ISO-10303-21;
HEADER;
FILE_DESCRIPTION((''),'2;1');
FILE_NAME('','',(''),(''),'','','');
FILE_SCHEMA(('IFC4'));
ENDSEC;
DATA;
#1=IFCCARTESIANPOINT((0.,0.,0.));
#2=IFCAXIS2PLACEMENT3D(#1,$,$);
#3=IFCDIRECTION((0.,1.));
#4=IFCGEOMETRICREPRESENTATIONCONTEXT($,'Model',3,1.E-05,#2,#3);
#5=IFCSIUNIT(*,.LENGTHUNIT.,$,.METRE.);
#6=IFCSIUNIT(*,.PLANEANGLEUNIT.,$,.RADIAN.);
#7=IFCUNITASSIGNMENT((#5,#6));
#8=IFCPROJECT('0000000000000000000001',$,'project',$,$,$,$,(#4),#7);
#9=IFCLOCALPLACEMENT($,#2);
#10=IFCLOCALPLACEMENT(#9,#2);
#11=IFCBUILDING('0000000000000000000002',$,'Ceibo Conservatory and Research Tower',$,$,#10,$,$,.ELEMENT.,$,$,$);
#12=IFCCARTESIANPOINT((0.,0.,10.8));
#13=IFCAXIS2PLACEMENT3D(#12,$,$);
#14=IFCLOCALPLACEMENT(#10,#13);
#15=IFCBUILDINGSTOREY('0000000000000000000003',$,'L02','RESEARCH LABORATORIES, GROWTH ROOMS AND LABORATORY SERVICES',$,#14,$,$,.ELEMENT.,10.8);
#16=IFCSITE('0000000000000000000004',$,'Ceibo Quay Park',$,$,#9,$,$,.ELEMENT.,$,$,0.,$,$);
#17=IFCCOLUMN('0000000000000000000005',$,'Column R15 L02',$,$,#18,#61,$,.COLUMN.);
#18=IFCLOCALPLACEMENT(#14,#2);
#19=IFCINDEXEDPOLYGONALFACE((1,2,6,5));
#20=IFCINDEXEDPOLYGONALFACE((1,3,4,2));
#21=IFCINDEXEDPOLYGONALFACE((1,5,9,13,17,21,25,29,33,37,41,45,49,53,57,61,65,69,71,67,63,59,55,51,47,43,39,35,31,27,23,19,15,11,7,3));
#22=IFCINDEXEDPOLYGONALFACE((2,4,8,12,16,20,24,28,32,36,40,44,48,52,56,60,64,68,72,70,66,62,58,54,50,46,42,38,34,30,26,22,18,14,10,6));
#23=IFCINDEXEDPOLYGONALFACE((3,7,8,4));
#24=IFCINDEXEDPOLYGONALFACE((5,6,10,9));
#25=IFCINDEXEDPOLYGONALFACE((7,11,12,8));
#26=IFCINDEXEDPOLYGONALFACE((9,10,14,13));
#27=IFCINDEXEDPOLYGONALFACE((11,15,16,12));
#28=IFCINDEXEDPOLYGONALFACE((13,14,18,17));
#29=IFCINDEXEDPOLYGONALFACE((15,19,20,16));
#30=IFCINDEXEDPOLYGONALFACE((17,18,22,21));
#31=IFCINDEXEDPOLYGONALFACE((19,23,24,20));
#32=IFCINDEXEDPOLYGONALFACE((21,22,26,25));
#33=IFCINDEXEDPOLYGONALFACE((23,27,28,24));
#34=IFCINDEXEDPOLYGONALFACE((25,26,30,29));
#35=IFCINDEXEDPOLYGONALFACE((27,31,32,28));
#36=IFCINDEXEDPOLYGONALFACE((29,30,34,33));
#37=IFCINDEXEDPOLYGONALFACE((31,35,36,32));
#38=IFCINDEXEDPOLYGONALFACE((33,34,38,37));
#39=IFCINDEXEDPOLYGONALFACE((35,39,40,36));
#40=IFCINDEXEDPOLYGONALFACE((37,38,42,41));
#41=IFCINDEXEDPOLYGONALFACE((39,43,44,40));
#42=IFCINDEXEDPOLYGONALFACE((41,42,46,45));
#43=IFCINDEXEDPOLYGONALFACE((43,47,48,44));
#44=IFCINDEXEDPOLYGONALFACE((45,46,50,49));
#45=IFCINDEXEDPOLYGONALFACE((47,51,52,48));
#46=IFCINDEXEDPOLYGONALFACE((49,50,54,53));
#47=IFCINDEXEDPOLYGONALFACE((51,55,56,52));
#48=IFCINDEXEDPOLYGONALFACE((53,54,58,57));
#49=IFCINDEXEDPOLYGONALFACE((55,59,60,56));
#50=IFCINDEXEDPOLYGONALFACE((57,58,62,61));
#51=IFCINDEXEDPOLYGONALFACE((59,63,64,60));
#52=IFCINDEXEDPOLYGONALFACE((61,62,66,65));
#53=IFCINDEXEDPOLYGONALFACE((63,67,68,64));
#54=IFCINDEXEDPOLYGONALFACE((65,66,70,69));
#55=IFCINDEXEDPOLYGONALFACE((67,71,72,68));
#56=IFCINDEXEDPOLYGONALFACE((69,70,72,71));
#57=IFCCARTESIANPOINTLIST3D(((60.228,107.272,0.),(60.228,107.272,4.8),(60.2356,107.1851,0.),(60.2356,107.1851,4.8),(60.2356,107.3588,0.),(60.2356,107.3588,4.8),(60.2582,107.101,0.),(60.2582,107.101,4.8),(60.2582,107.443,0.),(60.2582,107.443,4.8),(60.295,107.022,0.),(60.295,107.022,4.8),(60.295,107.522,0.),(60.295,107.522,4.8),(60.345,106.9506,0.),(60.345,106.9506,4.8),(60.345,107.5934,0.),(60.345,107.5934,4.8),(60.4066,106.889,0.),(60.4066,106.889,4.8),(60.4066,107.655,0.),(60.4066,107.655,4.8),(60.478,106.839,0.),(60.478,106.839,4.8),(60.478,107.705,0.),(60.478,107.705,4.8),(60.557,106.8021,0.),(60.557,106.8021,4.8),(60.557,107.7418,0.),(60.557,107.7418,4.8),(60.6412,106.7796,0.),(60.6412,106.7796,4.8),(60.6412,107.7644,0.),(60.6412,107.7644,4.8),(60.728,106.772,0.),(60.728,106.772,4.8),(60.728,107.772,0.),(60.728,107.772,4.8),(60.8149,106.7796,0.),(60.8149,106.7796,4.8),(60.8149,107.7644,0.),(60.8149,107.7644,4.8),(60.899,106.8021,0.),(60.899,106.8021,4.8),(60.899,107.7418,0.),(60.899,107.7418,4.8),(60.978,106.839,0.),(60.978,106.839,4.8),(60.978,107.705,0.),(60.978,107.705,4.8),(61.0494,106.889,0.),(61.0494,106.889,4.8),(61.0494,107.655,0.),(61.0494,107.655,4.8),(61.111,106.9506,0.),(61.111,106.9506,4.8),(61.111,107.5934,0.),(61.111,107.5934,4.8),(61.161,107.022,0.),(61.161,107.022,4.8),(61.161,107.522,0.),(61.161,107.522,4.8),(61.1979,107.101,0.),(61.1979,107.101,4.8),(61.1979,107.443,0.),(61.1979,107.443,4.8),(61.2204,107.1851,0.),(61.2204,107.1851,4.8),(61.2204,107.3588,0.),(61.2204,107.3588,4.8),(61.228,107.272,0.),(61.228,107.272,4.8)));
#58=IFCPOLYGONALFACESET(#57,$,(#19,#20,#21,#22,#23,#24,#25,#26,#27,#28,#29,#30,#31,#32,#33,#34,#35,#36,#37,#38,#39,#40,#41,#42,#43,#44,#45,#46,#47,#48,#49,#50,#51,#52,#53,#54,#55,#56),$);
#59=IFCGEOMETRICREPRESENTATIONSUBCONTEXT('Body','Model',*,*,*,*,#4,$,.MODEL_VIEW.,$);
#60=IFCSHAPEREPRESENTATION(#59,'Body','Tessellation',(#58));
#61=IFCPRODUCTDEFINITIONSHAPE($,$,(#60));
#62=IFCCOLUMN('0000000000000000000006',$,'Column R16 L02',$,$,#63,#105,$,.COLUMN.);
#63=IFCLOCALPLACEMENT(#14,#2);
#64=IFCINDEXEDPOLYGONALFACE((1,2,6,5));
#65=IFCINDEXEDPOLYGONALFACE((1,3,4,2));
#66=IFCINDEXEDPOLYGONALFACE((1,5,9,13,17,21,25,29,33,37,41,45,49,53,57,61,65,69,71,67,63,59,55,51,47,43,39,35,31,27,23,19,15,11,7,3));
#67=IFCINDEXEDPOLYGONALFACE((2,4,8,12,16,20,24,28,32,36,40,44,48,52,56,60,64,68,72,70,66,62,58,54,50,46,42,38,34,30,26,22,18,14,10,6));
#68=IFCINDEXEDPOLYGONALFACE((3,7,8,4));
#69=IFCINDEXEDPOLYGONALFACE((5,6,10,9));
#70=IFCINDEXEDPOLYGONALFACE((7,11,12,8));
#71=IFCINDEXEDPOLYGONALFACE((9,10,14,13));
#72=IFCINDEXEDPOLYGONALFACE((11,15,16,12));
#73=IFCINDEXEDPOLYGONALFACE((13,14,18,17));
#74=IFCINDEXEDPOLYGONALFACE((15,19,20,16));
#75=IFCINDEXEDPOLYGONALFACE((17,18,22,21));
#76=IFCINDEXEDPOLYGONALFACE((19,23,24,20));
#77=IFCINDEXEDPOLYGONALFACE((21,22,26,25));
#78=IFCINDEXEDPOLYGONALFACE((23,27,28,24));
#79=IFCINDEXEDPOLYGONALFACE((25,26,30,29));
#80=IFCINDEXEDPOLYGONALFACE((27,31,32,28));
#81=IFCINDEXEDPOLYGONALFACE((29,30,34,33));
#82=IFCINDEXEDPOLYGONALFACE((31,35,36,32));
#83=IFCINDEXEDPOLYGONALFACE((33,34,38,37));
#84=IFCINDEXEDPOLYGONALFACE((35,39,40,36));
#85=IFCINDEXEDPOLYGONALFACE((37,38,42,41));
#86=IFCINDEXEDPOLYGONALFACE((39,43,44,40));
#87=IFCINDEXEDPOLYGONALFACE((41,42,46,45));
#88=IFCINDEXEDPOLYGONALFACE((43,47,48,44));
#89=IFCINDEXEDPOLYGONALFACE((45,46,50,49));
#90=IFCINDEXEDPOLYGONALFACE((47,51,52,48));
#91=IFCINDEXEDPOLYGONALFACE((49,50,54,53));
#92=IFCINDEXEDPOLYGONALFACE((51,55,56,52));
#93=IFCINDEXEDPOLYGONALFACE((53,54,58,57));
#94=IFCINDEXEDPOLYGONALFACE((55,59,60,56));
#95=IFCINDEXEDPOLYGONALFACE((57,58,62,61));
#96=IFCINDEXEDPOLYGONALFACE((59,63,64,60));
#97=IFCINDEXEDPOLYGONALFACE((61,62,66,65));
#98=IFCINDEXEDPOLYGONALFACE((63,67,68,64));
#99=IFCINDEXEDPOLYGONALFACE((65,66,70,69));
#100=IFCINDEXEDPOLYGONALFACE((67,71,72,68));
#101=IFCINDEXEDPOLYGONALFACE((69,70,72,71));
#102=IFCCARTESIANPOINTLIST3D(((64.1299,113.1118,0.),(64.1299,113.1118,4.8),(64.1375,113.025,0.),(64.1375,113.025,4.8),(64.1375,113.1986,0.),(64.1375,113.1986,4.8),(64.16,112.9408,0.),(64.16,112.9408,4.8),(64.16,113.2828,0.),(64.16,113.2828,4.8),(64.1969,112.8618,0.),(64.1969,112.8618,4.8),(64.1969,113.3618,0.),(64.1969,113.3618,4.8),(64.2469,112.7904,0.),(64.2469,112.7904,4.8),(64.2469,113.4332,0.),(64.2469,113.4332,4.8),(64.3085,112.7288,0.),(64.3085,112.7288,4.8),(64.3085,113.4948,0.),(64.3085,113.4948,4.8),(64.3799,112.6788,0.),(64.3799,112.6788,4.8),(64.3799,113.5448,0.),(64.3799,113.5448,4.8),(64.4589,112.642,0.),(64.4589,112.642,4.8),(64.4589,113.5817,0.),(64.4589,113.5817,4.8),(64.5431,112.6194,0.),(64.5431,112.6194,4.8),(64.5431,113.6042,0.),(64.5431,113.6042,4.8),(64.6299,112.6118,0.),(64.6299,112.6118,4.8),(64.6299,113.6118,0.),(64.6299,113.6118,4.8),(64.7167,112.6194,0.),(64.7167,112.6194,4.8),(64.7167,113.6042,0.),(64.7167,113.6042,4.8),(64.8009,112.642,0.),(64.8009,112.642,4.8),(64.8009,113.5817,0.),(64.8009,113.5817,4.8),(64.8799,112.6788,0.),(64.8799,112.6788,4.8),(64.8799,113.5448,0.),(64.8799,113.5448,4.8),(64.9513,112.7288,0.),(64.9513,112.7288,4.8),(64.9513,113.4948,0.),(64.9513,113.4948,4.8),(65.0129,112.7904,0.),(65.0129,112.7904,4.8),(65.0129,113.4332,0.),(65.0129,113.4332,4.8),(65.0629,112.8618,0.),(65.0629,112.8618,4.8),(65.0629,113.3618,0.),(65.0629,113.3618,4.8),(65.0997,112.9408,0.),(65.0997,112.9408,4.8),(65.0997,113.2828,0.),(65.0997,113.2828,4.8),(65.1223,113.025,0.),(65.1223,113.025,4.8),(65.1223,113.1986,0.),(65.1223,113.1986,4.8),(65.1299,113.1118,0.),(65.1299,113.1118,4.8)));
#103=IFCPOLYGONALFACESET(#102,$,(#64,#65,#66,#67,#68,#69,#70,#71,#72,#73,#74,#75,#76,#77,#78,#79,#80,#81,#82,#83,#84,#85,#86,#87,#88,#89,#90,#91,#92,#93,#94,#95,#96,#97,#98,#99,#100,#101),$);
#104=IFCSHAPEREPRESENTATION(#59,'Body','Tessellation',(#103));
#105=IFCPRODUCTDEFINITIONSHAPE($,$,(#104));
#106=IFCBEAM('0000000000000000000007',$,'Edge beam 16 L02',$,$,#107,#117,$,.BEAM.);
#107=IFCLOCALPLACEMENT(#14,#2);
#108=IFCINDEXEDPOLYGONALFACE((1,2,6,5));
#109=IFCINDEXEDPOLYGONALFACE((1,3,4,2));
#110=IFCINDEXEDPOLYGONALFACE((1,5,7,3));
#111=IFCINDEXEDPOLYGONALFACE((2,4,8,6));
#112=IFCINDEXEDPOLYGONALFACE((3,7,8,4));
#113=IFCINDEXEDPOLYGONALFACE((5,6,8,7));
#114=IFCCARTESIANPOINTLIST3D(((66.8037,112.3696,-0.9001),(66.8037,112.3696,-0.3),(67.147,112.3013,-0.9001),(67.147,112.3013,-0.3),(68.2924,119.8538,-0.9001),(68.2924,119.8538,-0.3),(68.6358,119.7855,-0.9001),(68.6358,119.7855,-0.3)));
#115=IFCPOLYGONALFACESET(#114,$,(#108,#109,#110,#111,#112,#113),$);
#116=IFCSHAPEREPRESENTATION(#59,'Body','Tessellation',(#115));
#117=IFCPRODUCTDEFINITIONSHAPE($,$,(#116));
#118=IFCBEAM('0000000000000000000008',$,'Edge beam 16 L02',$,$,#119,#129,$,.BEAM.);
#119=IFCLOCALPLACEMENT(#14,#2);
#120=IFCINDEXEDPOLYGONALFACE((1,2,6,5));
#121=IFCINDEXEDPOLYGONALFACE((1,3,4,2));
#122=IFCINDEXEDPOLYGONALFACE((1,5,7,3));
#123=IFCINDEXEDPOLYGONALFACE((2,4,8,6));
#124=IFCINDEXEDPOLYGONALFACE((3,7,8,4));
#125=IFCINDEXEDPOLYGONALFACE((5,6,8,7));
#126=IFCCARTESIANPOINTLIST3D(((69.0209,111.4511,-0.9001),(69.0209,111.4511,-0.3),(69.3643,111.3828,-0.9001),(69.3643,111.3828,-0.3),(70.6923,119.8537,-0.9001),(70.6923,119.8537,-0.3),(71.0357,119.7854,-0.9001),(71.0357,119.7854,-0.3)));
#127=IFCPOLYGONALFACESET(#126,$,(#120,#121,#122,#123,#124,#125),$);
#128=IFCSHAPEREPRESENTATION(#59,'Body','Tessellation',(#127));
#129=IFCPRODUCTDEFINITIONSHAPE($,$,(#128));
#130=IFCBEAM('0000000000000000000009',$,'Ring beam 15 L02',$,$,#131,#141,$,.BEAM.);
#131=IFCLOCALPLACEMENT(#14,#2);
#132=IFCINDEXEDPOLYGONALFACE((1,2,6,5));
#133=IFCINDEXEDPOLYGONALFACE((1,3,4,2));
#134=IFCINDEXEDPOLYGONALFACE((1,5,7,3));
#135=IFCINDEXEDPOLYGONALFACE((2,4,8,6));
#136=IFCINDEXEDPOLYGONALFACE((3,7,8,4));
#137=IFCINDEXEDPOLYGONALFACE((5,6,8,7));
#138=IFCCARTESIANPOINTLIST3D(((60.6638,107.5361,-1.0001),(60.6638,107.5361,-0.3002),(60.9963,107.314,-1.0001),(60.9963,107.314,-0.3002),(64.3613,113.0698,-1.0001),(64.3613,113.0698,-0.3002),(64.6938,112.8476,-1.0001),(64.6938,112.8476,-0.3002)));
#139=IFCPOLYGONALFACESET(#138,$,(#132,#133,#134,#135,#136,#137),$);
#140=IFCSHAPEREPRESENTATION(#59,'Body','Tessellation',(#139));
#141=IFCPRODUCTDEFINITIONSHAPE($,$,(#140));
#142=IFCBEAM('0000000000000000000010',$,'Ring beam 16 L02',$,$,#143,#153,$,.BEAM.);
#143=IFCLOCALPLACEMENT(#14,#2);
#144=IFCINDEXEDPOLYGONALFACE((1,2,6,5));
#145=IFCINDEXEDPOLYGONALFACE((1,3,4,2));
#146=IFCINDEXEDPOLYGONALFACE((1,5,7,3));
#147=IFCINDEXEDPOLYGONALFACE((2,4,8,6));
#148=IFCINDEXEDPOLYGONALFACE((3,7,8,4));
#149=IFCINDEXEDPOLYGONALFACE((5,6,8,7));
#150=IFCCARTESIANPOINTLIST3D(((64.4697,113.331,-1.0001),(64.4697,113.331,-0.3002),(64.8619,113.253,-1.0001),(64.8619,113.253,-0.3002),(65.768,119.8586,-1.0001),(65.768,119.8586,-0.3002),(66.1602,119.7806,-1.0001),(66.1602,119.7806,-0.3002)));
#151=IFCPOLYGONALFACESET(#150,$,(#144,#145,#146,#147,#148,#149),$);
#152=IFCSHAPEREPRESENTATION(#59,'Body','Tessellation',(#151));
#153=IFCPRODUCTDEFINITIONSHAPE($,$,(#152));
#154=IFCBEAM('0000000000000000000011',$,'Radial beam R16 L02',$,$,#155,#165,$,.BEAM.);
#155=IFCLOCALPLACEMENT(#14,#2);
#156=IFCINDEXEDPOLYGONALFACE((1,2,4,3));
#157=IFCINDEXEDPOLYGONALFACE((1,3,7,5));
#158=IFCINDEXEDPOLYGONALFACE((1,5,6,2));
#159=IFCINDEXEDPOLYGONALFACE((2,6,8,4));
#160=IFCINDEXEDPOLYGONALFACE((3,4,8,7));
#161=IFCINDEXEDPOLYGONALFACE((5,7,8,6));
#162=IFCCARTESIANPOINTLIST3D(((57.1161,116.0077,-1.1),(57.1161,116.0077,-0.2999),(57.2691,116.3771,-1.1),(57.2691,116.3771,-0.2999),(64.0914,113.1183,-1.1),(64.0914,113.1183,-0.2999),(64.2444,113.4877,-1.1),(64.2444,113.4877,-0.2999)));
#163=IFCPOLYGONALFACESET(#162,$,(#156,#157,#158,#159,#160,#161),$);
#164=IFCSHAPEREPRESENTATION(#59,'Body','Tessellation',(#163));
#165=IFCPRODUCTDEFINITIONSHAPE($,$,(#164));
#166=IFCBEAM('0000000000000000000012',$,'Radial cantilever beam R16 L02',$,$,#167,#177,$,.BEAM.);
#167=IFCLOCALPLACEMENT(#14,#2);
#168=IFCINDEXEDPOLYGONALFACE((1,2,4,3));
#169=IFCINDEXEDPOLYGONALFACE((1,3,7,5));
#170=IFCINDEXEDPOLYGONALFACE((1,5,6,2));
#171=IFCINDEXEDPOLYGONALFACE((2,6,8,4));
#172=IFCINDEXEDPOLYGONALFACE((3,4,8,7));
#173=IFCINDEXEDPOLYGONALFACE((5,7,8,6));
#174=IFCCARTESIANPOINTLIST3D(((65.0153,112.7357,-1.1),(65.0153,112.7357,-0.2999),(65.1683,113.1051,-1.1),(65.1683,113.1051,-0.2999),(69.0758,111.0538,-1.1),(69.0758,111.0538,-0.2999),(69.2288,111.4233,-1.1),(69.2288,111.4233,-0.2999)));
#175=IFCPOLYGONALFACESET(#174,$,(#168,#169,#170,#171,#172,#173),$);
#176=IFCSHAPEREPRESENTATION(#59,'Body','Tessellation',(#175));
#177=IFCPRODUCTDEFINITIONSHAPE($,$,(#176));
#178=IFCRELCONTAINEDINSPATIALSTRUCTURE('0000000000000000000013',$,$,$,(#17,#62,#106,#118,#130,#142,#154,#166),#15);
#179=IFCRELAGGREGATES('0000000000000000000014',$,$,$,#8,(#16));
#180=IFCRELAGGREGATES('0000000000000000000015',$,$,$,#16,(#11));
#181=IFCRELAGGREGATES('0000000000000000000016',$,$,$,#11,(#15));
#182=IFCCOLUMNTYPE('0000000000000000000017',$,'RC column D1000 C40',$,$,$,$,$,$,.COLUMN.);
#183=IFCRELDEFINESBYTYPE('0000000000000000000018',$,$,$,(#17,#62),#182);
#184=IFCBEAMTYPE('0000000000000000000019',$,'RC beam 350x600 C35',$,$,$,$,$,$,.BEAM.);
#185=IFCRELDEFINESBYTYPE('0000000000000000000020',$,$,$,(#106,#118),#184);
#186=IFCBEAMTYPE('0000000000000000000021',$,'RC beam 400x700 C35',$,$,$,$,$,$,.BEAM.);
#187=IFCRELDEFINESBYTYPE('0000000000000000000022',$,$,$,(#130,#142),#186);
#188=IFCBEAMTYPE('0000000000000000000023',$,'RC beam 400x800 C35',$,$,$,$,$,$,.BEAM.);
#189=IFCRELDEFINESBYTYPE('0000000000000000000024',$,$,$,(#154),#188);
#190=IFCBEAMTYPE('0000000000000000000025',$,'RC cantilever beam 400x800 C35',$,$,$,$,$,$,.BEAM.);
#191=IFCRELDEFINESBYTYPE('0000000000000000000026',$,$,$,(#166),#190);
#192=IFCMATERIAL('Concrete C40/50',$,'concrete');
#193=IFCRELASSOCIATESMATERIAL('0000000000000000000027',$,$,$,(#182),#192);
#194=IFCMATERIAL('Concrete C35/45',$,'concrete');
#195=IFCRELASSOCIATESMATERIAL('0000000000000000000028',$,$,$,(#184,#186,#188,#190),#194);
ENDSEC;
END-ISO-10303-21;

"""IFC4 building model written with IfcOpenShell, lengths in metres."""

from ifc_helpers import new_model, si_unit, direction, frame, origin, origin_2d, place, context, subcontext, project, spatial, rectangle, circle, extrude, material, material_profile, profile_set, type_object, element, save


model = new_model("IFC4")

# Units and contexts
model_context = context("Model", 3, precision=1e-05, world=origin(), true_north=direction((0.0, 1.0)))
body_context = subcontext(model_context, "Body", "Model", "MODEL_VIEW")
ifc_project = project(units=[si_unit("LENGTHUNIT", "METRE"), si_unit("PLANEANGLEUNIT", "RADIAN")], contexts=[model_context])

# Site, building, storey
site_placement = place(None, origin())
site = spatial("IfcSite", under=ifc_project, at=site_placement, Name="Ceibo Quay Park", CompositionType="ELEMENT", RefElevation=0.0)
building_placement = place(site_placement, origin())
building = spatial("IfcBuilding", under=site, at=building_placement, Name="Ceibo Conservatory and Research Tower", CompositionType="ELEMENT")
storey_placement = place(building_placement, frame((0.0, 0.0, 10.8)))
storey = spatial("IfcBuildingStorey", under=building, at=storey_placement, Name="L02", Description="RESEARCH LABORATORIES, GROWTH ROOMS AND LABORATORY SERVICES", CompositionType="ELEMENT", Elevation=10.8)

# Columns
ifc_material_1 = material(Name="Concrete C40/50", Category="concrete")
ifc_material_profile_1 = material_profile(ifc_material_1, circle(Radius=0.5, at=origin_2d()), Name="RC D1000")
ifc_profile_set_1 = profile_set([ifc_material_profile_1], Name="Concrete C40/50")
column_type = type_object("IfcColumnType", Name="RC column D1000 C40", PredefinedType="COLUMN", material=ifc_profile_set_1)
for number, where, z_axis, x_axis, name in (
    (1, (60.728, 107.272, 0.0), (0.0, 0.0, 1.0), (1.0, 0.0, 0.0), "Column R15 L02"),
    (2, (64.6299, 113.1118, 0.0), (0.0, 0.0, 1.0), (1.0, 0.0, 0.0), "Column R16 L02"),
):
    element("IfcColumn", number, at=place(storey_placement, frame(where, z_axis=z_axis, x_axis=x_axis)), inside=storey, type_object=column_type, Name=name, PredefinedType="COLUMN", context=body_context, shape_type="SweptSolid", body=[
        extrude(circle(Radius=0.5, at=origin_2d()), origin(), (0.0, 0.0, 1.0), 4.8),
    ])

# Beams
ifc_material_2 = material(Name="Concrete C35/45", Category="concrete")
ifc_material_profile_2 = material_profile(ifc_material_2, rectangle(XDim=0.3501, YDim=0.6001, at=origin_2d()), Name="RC 350x600")
ifc_profile_set_2 = profile_set([ifc_material_profile_2], Name="Concrete C35/45")
beam_type_1 = type_object("IfcBeamType", Name="RC beam 350x600 C35", PredefinedType="BEAM", material=ifc_profile_set_2)
beam_1_placement = place(storey_placement, frame((66.9753, 112.3354, -0.6001), z_axis=(0.195101, 0.980783, 0.0), x_axis=(-0.980783, 0.195101, 0.0)))
element("IfcBeam", 3, at=beam_1_placement, inside=storey, type_object=beam_type_1, Name="Edge beam 16 L02", PredefinedType="BEAM", context=body_context, shape_type="SweptSolid", body=[
    extrude(rectangle(XDim=0.3501, YDim=0.6001, at=origin_2d()), origin(), (0.0, 0.0, 1.0), 7.6309),
])
beam_2_placement = place(storey_placement, frame((69.1926, 111.417, -0.6001), z_axis=(0.195091, 0.980785, 0.0), x_axis=(-0.980785, 0.195091, 0.0)))
element("IfcBeam", 4, at=beam_2_placement, inside=storey, type_object=beam_type_1, Name="Edge beam 16 L02", PredefinedType="BEAM", context=body_context, shape_type="SweptSolid", body=[
    extrude(rectangle(XDim=0.3501, YDim=0.6001, at=origin_2d()), origin(), (0.0, 0.0, 1.0), 8.5671),
])
ifc_material_profile_3 = material_profile(ifc_material_2, rectangle(XDim=0.3999, YDim=0.7, at=origin_2d()), Name="RC 400x700")
ifc_profile_set_3 = profile_set([ifc_material_profile_3], Name="Concrete C35/45")
beam_type_2 = type_object("IfcBeamType", Name="RC beam 400x700 C35", PredefinedType="BEAM", material=ifc_profile_set_3)
beam_3_placement = place(storey_placement, frame((60.8301, 107.425, -0.6501), z_axis=(0.555572, 0.831469, 0.0), x_axis=(-0.831469, 0.555572, 0.0)))
element("IfcBeam", 5, at=beam_3_placement, inside=storey, type_object=beam_type_2, Name="Ring beam 15 L02", PredefinedType="BEAM", context=body_context, shape_type="SweptSolid", body=[
    extrude(rectangle(XDim=0.3999, YDim=0.7, at=origin_2d()), origin(), (0.0, 0.0, 1.0), 6.6553),
])
beam_4_placement = place(storey_placement, frame((64.6658, 113.292, -0.6501), z_axis=(0.195079, 0.980788, 0.0), x_axis=(-0.980788, 0.195079, 0.0)))
element("IfcBeam", 6, at=beam_4_placement, inside=storey, type_object=beam_type_2, Name="Ring beam 16 L02", PredefinedType="BEAM", context=body_context, shape_type="SweptSolid", body=[
    extrude(rectangle(XDim=0.3999, YDim=0.7, at=origin_2d()), origin(), (0.0, 0.0, 1.0), 6.6555),
])
ifc_material_profile_4 = material_profile(ifc_material_2, rectangle(XDim=0.3999, YDim=0.8, at=origin_2d()), Name="RC 400x800")
ifc_profile_set_4 = profile_set([ifc_material_profile_4], Name="Concrete C35/45")
beam_type_3 = type_object("IfcBeamType", Name="RC beam 400x800 C35", PredefinedType="BEAM", material=ifc_profile_set_4)
beam_5_placement = place(storey_placement, frame((57.1926, 116.1924, -0.7), z_axis=(0.923874, -0.382697, 0.0), x_axis=(0.382697, 0.923874, 0.0)))
element("IfcBeam", 7, at=beam_5_placement, inside=storey, type_object=beam_type_3, Name="Radial beam R16 L02", PredefinedType="BEAM", context=body_context, shape_type="SweptSolid", body=[
    extrude(rectangle(XDim=0.3999, YDim=0.8, at=origin_2d()), origin(), (0.0, 0.0, 1.0), 7.55),
])
ifc_material_profile_5 = material_profile(ifc_material_2, rectangle(XDim=0.3999, YDim=0.8, at=origin_2d()), Name="RC 400x800")
ifc_profile_set_5 = profile_set([ifc_material_profile_5], Name="Concrete C35/45")
beam_type_4 = type_object("IfcBeamType", Name="RC cantilever beam 400x800 C35", PredefinedType="BEAM", material=ifc_profile_set_5)
beam_6_placement = place(storey_placement, frame((65.0918, 112.9204, -0.7), z_axis=(0.923883, -0.382674, 0.0), x_axis=(0.382674, 0.923883, 0.0)))
element("IfcBeam", 8, at=beam_6_placement, inside=storey, type_object=beam_type_4, Name="Radial cantilever beam R16 L02", PredefinedType="BEAM", context=body_context, shape_type="SweptSolid", body=[
    extrude(rectangle(XDim=0.3999, YDim=0.8, at=origin_2d()), origin(), (0.0, 0.0, 1.0), 4.395),
])

save(model, "model.ifc")
